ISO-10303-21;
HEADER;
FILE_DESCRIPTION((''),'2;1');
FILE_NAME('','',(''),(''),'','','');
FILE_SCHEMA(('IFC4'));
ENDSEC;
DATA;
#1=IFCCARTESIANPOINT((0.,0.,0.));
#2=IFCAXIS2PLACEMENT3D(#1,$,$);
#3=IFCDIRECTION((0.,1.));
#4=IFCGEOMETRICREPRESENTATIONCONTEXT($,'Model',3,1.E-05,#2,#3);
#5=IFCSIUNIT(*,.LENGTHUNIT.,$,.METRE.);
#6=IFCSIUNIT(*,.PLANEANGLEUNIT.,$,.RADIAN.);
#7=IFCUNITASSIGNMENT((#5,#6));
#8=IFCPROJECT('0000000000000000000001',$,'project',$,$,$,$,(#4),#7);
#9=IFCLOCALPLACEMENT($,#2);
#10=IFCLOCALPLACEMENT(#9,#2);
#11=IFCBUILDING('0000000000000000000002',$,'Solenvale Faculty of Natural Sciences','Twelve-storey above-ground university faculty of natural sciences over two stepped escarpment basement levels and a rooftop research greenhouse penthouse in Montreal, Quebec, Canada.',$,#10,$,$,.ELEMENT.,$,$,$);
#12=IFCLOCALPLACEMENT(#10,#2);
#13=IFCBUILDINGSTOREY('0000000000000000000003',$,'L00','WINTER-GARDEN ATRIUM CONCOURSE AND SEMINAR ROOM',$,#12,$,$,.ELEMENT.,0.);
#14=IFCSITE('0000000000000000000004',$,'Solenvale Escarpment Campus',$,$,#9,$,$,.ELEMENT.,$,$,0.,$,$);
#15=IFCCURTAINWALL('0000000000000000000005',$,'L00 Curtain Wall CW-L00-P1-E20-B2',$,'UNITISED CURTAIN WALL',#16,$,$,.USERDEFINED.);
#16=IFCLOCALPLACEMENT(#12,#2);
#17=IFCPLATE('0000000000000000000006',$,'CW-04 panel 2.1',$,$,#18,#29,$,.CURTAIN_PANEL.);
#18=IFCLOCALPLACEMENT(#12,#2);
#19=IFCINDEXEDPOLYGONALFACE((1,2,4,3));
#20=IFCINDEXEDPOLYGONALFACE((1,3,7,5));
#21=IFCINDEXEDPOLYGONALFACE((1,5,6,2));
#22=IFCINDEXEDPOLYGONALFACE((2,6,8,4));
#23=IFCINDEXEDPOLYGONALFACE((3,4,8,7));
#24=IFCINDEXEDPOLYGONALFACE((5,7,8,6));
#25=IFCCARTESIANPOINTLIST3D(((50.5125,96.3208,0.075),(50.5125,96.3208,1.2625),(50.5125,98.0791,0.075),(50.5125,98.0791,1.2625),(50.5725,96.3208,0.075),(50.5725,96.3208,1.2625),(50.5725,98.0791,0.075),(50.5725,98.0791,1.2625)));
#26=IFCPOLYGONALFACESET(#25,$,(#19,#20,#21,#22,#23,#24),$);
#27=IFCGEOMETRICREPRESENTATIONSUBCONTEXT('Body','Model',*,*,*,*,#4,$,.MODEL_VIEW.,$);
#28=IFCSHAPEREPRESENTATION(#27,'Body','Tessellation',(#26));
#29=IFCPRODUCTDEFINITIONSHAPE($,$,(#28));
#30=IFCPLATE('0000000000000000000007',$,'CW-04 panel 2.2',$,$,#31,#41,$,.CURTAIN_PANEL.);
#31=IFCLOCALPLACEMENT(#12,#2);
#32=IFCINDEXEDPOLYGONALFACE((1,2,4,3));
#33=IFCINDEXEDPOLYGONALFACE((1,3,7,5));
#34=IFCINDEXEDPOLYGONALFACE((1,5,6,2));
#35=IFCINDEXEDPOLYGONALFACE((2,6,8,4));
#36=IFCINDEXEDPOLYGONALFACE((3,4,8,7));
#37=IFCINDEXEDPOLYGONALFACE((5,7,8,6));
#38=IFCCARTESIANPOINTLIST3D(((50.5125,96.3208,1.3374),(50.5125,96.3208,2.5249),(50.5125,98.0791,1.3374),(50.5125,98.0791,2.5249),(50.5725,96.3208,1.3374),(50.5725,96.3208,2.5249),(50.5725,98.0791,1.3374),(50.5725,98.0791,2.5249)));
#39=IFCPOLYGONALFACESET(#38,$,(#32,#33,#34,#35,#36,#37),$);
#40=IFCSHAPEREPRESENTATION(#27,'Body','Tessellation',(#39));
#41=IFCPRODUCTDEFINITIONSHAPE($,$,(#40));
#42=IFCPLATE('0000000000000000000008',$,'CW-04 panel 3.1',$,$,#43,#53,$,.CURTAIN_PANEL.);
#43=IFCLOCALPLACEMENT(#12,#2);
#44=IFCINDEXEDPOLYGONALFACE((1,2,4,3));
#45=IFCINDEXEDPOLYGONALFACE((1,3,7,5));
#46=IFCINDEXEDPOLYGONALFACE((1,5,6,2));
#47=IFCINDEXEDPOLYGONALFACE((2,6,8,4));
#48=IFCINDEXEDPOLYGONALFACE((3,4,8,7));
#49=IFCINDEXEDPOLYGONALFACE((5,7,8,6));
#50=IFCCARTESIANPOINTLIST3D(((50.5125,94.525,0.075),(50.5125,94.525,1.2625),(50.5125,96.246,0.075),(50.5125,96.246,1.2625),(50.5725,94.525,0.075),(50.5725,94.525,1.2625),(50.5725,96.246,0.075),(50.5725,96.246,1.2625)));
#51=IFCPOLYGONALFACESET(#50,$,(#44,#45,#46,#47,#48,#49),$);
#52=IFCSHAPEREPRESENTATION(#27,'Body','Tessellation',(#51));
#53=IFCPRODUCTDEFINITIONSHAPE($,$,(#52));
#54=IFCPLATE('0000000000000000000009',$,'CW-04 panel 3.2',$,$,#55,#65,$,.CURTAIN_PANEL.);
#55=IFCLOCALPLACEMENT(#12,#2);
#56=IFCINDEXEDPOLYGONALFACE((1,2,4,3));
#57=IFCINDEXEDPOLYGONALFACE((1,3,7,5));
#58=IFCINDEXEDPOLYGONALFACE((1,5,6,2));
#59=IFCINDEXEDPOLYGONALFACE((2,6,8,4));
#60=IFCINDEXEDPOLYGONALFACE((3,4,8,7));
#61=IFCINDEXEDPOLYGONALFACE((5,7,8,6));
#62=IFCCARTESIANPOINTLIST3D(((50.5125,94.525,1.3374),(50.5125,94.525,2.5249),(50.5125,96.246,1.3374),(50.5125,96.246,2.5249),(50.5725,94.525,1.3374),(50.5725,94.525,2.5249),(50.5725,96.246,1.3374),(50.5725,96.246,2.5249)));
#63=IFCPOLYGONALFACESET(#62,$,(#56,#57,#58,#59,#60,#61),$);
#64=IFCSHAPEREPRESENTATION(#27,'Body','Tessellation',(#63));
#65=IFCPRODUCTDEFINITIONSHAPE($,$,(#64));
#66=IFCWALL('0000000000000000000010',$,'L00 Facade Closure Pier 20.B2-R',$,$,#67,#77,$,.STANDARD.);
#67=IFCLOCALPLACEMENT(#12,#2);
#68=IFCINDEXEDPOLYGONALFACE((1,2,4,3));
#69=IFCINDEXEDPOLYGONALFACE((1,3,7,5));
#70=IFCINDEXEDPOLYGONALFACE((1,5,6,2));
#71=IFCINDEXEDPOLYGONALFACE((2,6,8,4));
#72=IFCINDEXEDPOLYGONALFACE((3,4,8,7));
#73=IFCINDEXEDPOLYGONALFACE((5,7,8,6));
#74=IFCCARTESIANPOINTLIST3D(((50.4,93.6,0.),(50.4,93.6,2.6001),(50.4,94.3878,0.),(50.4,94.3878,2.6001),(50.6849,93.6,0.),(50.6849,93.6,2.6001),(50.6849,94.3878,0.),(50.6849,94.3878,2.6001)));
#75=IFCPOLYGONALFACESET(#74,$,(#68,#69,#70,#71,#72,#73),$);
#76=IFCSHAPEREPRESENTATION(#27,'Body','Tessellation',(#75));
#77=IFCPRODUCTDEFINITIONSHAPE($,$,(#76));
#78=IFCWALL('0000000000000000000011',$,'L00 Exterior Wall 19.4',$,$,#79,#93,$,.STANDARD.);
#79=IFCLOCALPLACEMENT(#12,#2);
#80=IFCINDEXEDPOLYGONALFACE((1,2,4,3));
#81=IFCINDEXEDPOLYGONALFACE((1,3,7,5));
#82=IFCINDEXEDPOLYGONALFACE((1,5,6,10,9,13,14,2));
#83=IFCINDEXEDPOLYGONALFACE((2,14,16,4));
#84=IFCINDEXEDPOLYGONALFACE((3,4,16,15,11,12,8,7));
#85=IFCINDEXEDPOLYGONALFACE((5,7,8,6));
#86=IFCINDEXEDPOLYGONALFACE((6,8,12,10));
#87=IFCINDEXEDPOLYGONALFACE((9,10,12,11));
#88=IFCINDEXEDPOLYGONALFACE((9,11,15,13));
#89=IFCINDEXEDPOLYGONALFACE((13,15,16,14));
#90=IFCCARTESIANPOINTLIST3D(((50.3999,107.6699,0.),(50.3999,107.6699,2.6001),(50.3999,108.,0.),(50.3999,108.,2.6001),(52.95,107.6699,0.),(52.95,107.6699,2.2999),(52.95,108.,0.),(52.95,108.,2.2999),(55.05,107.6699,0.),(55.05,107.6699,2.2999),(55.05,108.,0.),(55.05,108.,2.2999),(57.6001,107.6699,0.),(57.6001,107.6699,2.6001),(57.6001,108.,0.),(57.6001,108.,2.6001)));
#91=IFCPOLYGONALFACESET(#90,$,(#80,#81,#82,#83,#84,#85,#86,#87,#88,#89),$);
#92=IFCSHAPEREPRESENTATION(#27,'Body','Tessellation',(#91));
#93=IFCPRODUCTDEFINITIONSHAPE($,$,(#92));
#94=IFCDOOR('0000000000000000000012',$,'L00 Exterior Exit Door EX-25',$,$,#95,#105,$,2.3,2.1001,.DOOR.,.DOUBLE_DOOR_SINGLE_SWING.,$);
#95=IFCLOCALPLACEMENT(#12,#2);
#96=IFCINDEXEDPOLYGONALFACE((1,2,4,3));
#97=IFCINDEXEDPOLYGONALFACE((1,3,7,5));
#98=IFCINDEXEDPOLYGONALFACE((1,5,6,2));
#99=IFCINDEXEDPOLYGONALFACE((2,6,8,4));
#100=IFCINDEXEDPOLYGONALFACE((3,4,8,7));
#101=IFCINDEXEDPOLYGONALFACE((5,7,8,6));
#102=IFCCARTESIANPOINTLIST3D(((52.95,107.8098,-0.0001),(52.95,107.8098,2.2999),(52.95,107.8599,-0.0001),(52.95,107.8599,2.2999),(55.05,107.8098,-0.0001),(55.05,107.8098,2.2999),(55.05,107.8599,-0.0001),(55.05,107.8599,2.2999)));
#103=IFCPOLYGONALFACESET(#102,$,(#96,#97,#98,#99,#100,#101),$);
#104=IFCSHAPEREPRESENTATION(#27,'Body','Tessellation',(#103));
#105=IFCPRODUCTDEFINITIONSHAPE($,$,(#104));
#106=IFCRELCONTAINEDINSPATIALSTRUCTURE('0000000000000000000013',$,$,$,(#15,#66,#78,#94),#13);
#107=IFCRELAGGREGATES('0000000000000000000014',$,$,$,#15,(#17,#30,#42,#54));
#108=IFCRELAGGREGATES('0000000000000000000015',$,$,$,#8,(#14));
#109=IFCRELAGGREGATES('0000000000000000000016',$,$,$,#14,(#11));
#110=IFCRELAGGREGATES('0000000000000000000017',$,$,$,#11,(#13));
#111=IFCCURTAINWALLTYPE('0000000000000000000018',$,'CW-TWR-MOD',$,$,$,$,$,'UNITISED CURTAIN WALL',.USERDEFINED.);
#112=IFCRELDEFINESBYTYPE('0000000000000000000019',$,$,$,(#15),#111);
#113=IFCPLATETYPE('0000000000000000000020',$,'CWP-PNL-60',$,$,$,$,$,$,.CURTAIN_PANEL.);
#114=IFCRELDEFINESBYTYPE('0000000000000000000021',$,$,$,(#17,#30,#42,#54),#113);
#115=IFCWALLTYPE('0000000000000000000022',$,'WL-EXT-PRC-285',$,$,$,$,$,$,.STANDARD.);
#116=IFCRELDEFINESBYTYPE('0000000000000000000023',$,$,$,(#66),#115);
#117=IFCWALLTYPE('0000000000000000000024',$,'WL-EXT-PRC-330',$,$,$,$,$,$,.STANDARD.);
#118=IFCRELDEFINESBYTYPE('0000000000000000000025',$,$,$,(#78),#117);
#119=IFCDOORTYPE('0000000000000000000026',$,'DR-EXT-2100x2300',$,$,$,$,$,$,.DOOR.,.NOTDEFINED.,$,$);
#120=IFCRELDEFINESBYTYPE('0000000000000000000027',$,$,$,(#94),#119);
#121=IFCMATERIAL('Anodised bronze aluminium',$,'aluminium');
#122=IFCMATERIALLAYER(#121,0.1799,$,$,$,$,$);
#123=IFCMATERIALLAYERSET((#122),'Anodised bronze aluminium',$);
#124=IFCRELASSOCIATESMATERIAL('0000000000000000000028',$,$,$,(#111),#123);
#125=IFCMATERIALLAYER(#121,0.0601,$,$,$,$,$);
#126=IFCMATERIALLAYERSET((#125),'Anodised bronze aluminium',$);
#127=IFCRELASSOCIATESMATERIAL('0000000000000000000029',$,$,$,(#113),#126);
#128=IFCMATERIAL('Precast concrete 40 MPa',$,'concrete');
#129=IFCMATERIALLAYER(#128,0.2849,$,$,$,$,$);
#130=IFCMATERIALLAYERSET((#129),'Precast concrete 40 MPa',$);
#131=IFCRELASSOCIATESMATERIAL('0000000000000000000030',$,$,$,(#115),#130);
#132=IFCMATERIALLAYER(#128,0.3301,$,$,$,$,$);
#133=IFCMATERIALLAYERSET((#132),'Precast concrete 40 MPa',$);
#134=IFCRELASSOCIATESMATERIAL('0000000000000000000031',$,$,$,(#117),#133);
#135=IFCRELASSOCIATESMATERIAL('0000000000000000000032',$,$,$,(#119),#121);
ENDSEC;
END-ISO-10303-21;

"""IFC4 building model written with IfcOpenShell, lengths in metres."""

from ifc_helpers import new_model, si_unit, direction, frame, frame_2d, origin, origin_2d, place, context, subcontext, project, spatial, rectangle, extrude, material, layer, layer_set, type_object, element, fill, aggregate, save


model = new_model("IFC4")

# Units and contexts
model_context = context("Model", 3, precision=1e-05, world=origin(), true_north=direction((0.0, 1.0)))
body_context = subcontext(model_context, "Body", "Model", "MODEL_VIEW")
ifc_project = project(units=[si_unit("LENGTHUNIT", "METRE"), si_unit("PLANEANGLEUNIT", "RADIAN")], contexts=[model_context])

# Site, building, storey
site_placement = place(None, origin())
site = spatial("IfcSite", under=ifc_project, at=site_placement, Name="Solenvale Escarpment Campus", CompositionType="ELEMENT", RefElevation=0.0)
building_placement = place(site_placement, origin())
building = spatial("IfcBuilding", under=site, at=building_placement, Name="Solenvale Faculty of Natural Sciences", Description="Twelve-storey above-ground university faculty of natural sciences over two stepped escarpment basement levels and a rooftop research greenhouse penthouse in Montreal, Quebec, Canada.", CompositionType="ELEMENT")
storey_placement = place(building_placement, origin())
storey = spatial("IfcBuildingStorey", under=building, at=storey_placement, Name="L00", Description="WINTER-GARDEN ATRIUM CONCOURSE AND SEMINAR ROOM", CompositionType="ELEMENT", Elevation=0.0)

# Curtain wall, plates
ifc_material_1 = material(Name="Anodised bronze aluminium", Category="aluminium")
ifc_layer_1 = layer(ifc_material_1, 0.1799)
ifc_layer_set_1 = layer_set([ifc_layer_1], Name="Anodised bronze aluminium")
curtain_wall_type = type_object("IfcCurtainWallType", Name="CW-TWR-MOD", ElementType="UNITISED CURTAIN WALL", PredefinedType="USERDEFINED", material=ifc_layer_set_1)
curtain_wall_placement = place(storey_placement, origin())
curtain_wall = element("IfcCurtainWall", 1, at=curtain_wall_placement, inside=storey, type_object=curtain_wall_type, Name="L00 Curtain Wall CW-L00-P1-E20-B2", ObjectType="UNITISED CURTAIN WALL", PredefinedType="USERDEFINED")
ifc_layer_2 = layer(ifc_material_1, 0.0601)
ifc_layer_set_2 = layer_set([ifc_layer_2], Name="Anodised bronze aluminium")
plate_type = type_object("IfcPlateType", Name="CWP-PNL-60", PredefinedType="CURTAIN_PANEL", material=ifc_layer_set_2)
plate_1_placement = place(storey_placement, frame((50.5425, 97.2, 0.075), z_axis=(0.0, 0.0, 1.0), x_axis=(0.0, -1.0, 0.0)))
plate_1 = element("IfcPlate", 2, at=plate_1_placement, type_object=plate_type, Name="CW-04 panel 2.1", PredefinedType="CURTAIN_PANEL", context=body_context, shape_type="SweptSolid", body=[
    extrude(rectangle(XDim=1.7583, YDim=0.0601, at=origin_2d()), origin(), (0.0, 0.0, 1.0), 1.1875),
])
plate_2_placement = place(storey_placement, frame((50.5425, 97.2, 1.3374), z_axis=(0.0, 0.0, 1.0), x_axis=(0.0, -1.0, 0.0)))
plate_2 = element("IfcPlate", 3, at=plate_2_placement, type_object=plate_type, Name="CW-04 panel 2.2", PredefinedType="CURTAIN_PANEL", context=body_context, shape_type="SweptSolid", body=[
    extrude(rectangle(XDim=1.7583, YDim=0.0601, at=origin_2d()), origin(), (0.0, 0.0, 1.0), 1.1875),
])
plate_3_placement = place(storey_placement, frame((50.5425, 95.3855, 0.075), z_axis=(0.0, 0.0, 1.0), x_axis=(0.0, -1.0, 0.0)))
plate_3 = element("IfcPlate", 4, at=plate_3_placement, type_object=plate_type, Name="CW-04 panel 3.1", PredefinedType="CURTAIN_PANEL", context=body_context, shape_type="SweptSolid", body=[
    extrude(rectangle(XDim=1.7209, YDim=0.0601, at=origin_2d()), origin(), (0.0, 0.0, 1.0), 1.1875),
])
plate_4_placement = place(storey_placement, frame((50.5425, 95.3855, 1.3374), z_axis=(0.0, 0.0, 1.0), x_axis=(0.0, -1.0, 0.0)))
plate_4 = element("IfcPlate", 5, at=plate_4_placement, type_object=plate_type, Name="CW-04 panel 3.2", PredefinedType="CURTAIN_PANEL", context=body_context, shape_type="SweptSolid", body=[
    extrude(rectangle(XDim=1.7209, YDim=0.0601, at=origin_2d()), origin(), (0.0, 0.0, 1.0), 1.1875),
])
aggregate(curtain_wall, [plate_1, plate_2, plate_3, plate_4])

# Wall
ifc_material_2 = material(Name="Precast concrete 40 MPa", Category="concrete")
ifc_layer_3 = layer(ifc_material_2, 0.2849)
ifc_layer_set_3 = layer_set([ifc_layer_3], Name="Precast concrete 40 MPa")
wall_type_1 = type_object("IfcWallType", Name="WL-EXT-PRC-285", PredefinedType="STANDARD", material=ifc_layer_set_3)
wall_1_placement = place(storey_placement, frame((50.5425, 94.3879, 0.0), z_axis=(0.0, 0.0, 1.0), x_axis=(0.0, -1.0, 0.0)))
element("IfcWall", 6, at=wall_1_placement, inside=storey, type_object=wall_type_1, Name="L00 Facade Closure Pier 20.B2-R", PredefinedType="STANDARD", context=body_context, shape_type="SweptSolid", body=[
    extrude(rectangle(XDim=0.7878, YDim=0.2849, at=frame_2d((0.394, 0.0))), origin(), (0.0, 0.0, 1.0), 2.6001),
])

# Wall, opening, door
ifc_layer_4 = layer(ifc_material_2, 0.3301)
ifc_layer_set_4 = layer_set([ifc_layer_4], Name="Precast concrete 40 MPa")
wall_type_2 = type_object("IfcWallType", Name="WL-EXT-PRC-330", PredefinedType="STANDARD", material=ifc_layer_set_4)
wall_2_placement = place(storey_placement, frame((50.3999, 107.835, 0.0), z_axis=(0.0, 0.0, 1.0), x_axis=(1.0, 0.0, 0.0)))
wall_2 = element("IfcWall", 7, at=wall_2_placement, inside=storey, type_object=wall_type_2, Name="L00 Exterior Wall 19.4", PredefinedType="STANDARD", context=body_context, shape_type="SweptSolid", body=[
    extrude(rectangle(XDim=7.2002, YDim=0.3301, at=frame_2d((3.6001, 0.0))), origin(), (0.0, 0.0, 1.0), 2.6001),
])
opening_placement = place(wall_2_placement, frame((2.55, 0.0, 0.0)))
opening = element("IfcOpeningElement", 8, at=opening_placement, cuts=wall_2, PredefinedType="OPENING", context=body_context, shape_type="SweptSolid", body=[
    extrude(rectangle(XDim=2.1001, YDim=2.3, at=frame_2d((1.05, 1.1499))), frame((0.0, 0.175, 0.0), z_axis=(0.0, -1.0, 0.0), x_axis=(1.0, 0.0, 0.0)), (0.0, 0.0, 1.0), 0.3501),
])
door_type = type_object("IfcDoorType", Name="DR-EXT-2100x2300", OperationType="NOTDEFINED", PredefinedType="DOOR", material=ifc_material_1)
door_placement = place(opening_placement, origin())
door = element("IfcDoor", 9, at=door_placement, inside=storey, type_object=door_type, Name="L00 Exterior Exit Door EX-25", OperationType="DOUBLE_DOOR_SINGLE_SWING", OverallHeight=2.3, OverallWidth=2.1001, PredefinedType="DOOR", context=body_context, shape_type="SweptSolid", body=[
    extrude(rectangle(XDim=2.1001, YDim=2.3, at=frame_2d((1.05, 1.1499))), frame((0.0, 0.0249, 0.0), z_axis=(0.0, -1.0, 0.0), x_axis=(1.0, 0.0, 0.0)), (0.0, 0.0, 1.0), 0.05),
])
fill(opening, door)

save(model, "model.ifc")
